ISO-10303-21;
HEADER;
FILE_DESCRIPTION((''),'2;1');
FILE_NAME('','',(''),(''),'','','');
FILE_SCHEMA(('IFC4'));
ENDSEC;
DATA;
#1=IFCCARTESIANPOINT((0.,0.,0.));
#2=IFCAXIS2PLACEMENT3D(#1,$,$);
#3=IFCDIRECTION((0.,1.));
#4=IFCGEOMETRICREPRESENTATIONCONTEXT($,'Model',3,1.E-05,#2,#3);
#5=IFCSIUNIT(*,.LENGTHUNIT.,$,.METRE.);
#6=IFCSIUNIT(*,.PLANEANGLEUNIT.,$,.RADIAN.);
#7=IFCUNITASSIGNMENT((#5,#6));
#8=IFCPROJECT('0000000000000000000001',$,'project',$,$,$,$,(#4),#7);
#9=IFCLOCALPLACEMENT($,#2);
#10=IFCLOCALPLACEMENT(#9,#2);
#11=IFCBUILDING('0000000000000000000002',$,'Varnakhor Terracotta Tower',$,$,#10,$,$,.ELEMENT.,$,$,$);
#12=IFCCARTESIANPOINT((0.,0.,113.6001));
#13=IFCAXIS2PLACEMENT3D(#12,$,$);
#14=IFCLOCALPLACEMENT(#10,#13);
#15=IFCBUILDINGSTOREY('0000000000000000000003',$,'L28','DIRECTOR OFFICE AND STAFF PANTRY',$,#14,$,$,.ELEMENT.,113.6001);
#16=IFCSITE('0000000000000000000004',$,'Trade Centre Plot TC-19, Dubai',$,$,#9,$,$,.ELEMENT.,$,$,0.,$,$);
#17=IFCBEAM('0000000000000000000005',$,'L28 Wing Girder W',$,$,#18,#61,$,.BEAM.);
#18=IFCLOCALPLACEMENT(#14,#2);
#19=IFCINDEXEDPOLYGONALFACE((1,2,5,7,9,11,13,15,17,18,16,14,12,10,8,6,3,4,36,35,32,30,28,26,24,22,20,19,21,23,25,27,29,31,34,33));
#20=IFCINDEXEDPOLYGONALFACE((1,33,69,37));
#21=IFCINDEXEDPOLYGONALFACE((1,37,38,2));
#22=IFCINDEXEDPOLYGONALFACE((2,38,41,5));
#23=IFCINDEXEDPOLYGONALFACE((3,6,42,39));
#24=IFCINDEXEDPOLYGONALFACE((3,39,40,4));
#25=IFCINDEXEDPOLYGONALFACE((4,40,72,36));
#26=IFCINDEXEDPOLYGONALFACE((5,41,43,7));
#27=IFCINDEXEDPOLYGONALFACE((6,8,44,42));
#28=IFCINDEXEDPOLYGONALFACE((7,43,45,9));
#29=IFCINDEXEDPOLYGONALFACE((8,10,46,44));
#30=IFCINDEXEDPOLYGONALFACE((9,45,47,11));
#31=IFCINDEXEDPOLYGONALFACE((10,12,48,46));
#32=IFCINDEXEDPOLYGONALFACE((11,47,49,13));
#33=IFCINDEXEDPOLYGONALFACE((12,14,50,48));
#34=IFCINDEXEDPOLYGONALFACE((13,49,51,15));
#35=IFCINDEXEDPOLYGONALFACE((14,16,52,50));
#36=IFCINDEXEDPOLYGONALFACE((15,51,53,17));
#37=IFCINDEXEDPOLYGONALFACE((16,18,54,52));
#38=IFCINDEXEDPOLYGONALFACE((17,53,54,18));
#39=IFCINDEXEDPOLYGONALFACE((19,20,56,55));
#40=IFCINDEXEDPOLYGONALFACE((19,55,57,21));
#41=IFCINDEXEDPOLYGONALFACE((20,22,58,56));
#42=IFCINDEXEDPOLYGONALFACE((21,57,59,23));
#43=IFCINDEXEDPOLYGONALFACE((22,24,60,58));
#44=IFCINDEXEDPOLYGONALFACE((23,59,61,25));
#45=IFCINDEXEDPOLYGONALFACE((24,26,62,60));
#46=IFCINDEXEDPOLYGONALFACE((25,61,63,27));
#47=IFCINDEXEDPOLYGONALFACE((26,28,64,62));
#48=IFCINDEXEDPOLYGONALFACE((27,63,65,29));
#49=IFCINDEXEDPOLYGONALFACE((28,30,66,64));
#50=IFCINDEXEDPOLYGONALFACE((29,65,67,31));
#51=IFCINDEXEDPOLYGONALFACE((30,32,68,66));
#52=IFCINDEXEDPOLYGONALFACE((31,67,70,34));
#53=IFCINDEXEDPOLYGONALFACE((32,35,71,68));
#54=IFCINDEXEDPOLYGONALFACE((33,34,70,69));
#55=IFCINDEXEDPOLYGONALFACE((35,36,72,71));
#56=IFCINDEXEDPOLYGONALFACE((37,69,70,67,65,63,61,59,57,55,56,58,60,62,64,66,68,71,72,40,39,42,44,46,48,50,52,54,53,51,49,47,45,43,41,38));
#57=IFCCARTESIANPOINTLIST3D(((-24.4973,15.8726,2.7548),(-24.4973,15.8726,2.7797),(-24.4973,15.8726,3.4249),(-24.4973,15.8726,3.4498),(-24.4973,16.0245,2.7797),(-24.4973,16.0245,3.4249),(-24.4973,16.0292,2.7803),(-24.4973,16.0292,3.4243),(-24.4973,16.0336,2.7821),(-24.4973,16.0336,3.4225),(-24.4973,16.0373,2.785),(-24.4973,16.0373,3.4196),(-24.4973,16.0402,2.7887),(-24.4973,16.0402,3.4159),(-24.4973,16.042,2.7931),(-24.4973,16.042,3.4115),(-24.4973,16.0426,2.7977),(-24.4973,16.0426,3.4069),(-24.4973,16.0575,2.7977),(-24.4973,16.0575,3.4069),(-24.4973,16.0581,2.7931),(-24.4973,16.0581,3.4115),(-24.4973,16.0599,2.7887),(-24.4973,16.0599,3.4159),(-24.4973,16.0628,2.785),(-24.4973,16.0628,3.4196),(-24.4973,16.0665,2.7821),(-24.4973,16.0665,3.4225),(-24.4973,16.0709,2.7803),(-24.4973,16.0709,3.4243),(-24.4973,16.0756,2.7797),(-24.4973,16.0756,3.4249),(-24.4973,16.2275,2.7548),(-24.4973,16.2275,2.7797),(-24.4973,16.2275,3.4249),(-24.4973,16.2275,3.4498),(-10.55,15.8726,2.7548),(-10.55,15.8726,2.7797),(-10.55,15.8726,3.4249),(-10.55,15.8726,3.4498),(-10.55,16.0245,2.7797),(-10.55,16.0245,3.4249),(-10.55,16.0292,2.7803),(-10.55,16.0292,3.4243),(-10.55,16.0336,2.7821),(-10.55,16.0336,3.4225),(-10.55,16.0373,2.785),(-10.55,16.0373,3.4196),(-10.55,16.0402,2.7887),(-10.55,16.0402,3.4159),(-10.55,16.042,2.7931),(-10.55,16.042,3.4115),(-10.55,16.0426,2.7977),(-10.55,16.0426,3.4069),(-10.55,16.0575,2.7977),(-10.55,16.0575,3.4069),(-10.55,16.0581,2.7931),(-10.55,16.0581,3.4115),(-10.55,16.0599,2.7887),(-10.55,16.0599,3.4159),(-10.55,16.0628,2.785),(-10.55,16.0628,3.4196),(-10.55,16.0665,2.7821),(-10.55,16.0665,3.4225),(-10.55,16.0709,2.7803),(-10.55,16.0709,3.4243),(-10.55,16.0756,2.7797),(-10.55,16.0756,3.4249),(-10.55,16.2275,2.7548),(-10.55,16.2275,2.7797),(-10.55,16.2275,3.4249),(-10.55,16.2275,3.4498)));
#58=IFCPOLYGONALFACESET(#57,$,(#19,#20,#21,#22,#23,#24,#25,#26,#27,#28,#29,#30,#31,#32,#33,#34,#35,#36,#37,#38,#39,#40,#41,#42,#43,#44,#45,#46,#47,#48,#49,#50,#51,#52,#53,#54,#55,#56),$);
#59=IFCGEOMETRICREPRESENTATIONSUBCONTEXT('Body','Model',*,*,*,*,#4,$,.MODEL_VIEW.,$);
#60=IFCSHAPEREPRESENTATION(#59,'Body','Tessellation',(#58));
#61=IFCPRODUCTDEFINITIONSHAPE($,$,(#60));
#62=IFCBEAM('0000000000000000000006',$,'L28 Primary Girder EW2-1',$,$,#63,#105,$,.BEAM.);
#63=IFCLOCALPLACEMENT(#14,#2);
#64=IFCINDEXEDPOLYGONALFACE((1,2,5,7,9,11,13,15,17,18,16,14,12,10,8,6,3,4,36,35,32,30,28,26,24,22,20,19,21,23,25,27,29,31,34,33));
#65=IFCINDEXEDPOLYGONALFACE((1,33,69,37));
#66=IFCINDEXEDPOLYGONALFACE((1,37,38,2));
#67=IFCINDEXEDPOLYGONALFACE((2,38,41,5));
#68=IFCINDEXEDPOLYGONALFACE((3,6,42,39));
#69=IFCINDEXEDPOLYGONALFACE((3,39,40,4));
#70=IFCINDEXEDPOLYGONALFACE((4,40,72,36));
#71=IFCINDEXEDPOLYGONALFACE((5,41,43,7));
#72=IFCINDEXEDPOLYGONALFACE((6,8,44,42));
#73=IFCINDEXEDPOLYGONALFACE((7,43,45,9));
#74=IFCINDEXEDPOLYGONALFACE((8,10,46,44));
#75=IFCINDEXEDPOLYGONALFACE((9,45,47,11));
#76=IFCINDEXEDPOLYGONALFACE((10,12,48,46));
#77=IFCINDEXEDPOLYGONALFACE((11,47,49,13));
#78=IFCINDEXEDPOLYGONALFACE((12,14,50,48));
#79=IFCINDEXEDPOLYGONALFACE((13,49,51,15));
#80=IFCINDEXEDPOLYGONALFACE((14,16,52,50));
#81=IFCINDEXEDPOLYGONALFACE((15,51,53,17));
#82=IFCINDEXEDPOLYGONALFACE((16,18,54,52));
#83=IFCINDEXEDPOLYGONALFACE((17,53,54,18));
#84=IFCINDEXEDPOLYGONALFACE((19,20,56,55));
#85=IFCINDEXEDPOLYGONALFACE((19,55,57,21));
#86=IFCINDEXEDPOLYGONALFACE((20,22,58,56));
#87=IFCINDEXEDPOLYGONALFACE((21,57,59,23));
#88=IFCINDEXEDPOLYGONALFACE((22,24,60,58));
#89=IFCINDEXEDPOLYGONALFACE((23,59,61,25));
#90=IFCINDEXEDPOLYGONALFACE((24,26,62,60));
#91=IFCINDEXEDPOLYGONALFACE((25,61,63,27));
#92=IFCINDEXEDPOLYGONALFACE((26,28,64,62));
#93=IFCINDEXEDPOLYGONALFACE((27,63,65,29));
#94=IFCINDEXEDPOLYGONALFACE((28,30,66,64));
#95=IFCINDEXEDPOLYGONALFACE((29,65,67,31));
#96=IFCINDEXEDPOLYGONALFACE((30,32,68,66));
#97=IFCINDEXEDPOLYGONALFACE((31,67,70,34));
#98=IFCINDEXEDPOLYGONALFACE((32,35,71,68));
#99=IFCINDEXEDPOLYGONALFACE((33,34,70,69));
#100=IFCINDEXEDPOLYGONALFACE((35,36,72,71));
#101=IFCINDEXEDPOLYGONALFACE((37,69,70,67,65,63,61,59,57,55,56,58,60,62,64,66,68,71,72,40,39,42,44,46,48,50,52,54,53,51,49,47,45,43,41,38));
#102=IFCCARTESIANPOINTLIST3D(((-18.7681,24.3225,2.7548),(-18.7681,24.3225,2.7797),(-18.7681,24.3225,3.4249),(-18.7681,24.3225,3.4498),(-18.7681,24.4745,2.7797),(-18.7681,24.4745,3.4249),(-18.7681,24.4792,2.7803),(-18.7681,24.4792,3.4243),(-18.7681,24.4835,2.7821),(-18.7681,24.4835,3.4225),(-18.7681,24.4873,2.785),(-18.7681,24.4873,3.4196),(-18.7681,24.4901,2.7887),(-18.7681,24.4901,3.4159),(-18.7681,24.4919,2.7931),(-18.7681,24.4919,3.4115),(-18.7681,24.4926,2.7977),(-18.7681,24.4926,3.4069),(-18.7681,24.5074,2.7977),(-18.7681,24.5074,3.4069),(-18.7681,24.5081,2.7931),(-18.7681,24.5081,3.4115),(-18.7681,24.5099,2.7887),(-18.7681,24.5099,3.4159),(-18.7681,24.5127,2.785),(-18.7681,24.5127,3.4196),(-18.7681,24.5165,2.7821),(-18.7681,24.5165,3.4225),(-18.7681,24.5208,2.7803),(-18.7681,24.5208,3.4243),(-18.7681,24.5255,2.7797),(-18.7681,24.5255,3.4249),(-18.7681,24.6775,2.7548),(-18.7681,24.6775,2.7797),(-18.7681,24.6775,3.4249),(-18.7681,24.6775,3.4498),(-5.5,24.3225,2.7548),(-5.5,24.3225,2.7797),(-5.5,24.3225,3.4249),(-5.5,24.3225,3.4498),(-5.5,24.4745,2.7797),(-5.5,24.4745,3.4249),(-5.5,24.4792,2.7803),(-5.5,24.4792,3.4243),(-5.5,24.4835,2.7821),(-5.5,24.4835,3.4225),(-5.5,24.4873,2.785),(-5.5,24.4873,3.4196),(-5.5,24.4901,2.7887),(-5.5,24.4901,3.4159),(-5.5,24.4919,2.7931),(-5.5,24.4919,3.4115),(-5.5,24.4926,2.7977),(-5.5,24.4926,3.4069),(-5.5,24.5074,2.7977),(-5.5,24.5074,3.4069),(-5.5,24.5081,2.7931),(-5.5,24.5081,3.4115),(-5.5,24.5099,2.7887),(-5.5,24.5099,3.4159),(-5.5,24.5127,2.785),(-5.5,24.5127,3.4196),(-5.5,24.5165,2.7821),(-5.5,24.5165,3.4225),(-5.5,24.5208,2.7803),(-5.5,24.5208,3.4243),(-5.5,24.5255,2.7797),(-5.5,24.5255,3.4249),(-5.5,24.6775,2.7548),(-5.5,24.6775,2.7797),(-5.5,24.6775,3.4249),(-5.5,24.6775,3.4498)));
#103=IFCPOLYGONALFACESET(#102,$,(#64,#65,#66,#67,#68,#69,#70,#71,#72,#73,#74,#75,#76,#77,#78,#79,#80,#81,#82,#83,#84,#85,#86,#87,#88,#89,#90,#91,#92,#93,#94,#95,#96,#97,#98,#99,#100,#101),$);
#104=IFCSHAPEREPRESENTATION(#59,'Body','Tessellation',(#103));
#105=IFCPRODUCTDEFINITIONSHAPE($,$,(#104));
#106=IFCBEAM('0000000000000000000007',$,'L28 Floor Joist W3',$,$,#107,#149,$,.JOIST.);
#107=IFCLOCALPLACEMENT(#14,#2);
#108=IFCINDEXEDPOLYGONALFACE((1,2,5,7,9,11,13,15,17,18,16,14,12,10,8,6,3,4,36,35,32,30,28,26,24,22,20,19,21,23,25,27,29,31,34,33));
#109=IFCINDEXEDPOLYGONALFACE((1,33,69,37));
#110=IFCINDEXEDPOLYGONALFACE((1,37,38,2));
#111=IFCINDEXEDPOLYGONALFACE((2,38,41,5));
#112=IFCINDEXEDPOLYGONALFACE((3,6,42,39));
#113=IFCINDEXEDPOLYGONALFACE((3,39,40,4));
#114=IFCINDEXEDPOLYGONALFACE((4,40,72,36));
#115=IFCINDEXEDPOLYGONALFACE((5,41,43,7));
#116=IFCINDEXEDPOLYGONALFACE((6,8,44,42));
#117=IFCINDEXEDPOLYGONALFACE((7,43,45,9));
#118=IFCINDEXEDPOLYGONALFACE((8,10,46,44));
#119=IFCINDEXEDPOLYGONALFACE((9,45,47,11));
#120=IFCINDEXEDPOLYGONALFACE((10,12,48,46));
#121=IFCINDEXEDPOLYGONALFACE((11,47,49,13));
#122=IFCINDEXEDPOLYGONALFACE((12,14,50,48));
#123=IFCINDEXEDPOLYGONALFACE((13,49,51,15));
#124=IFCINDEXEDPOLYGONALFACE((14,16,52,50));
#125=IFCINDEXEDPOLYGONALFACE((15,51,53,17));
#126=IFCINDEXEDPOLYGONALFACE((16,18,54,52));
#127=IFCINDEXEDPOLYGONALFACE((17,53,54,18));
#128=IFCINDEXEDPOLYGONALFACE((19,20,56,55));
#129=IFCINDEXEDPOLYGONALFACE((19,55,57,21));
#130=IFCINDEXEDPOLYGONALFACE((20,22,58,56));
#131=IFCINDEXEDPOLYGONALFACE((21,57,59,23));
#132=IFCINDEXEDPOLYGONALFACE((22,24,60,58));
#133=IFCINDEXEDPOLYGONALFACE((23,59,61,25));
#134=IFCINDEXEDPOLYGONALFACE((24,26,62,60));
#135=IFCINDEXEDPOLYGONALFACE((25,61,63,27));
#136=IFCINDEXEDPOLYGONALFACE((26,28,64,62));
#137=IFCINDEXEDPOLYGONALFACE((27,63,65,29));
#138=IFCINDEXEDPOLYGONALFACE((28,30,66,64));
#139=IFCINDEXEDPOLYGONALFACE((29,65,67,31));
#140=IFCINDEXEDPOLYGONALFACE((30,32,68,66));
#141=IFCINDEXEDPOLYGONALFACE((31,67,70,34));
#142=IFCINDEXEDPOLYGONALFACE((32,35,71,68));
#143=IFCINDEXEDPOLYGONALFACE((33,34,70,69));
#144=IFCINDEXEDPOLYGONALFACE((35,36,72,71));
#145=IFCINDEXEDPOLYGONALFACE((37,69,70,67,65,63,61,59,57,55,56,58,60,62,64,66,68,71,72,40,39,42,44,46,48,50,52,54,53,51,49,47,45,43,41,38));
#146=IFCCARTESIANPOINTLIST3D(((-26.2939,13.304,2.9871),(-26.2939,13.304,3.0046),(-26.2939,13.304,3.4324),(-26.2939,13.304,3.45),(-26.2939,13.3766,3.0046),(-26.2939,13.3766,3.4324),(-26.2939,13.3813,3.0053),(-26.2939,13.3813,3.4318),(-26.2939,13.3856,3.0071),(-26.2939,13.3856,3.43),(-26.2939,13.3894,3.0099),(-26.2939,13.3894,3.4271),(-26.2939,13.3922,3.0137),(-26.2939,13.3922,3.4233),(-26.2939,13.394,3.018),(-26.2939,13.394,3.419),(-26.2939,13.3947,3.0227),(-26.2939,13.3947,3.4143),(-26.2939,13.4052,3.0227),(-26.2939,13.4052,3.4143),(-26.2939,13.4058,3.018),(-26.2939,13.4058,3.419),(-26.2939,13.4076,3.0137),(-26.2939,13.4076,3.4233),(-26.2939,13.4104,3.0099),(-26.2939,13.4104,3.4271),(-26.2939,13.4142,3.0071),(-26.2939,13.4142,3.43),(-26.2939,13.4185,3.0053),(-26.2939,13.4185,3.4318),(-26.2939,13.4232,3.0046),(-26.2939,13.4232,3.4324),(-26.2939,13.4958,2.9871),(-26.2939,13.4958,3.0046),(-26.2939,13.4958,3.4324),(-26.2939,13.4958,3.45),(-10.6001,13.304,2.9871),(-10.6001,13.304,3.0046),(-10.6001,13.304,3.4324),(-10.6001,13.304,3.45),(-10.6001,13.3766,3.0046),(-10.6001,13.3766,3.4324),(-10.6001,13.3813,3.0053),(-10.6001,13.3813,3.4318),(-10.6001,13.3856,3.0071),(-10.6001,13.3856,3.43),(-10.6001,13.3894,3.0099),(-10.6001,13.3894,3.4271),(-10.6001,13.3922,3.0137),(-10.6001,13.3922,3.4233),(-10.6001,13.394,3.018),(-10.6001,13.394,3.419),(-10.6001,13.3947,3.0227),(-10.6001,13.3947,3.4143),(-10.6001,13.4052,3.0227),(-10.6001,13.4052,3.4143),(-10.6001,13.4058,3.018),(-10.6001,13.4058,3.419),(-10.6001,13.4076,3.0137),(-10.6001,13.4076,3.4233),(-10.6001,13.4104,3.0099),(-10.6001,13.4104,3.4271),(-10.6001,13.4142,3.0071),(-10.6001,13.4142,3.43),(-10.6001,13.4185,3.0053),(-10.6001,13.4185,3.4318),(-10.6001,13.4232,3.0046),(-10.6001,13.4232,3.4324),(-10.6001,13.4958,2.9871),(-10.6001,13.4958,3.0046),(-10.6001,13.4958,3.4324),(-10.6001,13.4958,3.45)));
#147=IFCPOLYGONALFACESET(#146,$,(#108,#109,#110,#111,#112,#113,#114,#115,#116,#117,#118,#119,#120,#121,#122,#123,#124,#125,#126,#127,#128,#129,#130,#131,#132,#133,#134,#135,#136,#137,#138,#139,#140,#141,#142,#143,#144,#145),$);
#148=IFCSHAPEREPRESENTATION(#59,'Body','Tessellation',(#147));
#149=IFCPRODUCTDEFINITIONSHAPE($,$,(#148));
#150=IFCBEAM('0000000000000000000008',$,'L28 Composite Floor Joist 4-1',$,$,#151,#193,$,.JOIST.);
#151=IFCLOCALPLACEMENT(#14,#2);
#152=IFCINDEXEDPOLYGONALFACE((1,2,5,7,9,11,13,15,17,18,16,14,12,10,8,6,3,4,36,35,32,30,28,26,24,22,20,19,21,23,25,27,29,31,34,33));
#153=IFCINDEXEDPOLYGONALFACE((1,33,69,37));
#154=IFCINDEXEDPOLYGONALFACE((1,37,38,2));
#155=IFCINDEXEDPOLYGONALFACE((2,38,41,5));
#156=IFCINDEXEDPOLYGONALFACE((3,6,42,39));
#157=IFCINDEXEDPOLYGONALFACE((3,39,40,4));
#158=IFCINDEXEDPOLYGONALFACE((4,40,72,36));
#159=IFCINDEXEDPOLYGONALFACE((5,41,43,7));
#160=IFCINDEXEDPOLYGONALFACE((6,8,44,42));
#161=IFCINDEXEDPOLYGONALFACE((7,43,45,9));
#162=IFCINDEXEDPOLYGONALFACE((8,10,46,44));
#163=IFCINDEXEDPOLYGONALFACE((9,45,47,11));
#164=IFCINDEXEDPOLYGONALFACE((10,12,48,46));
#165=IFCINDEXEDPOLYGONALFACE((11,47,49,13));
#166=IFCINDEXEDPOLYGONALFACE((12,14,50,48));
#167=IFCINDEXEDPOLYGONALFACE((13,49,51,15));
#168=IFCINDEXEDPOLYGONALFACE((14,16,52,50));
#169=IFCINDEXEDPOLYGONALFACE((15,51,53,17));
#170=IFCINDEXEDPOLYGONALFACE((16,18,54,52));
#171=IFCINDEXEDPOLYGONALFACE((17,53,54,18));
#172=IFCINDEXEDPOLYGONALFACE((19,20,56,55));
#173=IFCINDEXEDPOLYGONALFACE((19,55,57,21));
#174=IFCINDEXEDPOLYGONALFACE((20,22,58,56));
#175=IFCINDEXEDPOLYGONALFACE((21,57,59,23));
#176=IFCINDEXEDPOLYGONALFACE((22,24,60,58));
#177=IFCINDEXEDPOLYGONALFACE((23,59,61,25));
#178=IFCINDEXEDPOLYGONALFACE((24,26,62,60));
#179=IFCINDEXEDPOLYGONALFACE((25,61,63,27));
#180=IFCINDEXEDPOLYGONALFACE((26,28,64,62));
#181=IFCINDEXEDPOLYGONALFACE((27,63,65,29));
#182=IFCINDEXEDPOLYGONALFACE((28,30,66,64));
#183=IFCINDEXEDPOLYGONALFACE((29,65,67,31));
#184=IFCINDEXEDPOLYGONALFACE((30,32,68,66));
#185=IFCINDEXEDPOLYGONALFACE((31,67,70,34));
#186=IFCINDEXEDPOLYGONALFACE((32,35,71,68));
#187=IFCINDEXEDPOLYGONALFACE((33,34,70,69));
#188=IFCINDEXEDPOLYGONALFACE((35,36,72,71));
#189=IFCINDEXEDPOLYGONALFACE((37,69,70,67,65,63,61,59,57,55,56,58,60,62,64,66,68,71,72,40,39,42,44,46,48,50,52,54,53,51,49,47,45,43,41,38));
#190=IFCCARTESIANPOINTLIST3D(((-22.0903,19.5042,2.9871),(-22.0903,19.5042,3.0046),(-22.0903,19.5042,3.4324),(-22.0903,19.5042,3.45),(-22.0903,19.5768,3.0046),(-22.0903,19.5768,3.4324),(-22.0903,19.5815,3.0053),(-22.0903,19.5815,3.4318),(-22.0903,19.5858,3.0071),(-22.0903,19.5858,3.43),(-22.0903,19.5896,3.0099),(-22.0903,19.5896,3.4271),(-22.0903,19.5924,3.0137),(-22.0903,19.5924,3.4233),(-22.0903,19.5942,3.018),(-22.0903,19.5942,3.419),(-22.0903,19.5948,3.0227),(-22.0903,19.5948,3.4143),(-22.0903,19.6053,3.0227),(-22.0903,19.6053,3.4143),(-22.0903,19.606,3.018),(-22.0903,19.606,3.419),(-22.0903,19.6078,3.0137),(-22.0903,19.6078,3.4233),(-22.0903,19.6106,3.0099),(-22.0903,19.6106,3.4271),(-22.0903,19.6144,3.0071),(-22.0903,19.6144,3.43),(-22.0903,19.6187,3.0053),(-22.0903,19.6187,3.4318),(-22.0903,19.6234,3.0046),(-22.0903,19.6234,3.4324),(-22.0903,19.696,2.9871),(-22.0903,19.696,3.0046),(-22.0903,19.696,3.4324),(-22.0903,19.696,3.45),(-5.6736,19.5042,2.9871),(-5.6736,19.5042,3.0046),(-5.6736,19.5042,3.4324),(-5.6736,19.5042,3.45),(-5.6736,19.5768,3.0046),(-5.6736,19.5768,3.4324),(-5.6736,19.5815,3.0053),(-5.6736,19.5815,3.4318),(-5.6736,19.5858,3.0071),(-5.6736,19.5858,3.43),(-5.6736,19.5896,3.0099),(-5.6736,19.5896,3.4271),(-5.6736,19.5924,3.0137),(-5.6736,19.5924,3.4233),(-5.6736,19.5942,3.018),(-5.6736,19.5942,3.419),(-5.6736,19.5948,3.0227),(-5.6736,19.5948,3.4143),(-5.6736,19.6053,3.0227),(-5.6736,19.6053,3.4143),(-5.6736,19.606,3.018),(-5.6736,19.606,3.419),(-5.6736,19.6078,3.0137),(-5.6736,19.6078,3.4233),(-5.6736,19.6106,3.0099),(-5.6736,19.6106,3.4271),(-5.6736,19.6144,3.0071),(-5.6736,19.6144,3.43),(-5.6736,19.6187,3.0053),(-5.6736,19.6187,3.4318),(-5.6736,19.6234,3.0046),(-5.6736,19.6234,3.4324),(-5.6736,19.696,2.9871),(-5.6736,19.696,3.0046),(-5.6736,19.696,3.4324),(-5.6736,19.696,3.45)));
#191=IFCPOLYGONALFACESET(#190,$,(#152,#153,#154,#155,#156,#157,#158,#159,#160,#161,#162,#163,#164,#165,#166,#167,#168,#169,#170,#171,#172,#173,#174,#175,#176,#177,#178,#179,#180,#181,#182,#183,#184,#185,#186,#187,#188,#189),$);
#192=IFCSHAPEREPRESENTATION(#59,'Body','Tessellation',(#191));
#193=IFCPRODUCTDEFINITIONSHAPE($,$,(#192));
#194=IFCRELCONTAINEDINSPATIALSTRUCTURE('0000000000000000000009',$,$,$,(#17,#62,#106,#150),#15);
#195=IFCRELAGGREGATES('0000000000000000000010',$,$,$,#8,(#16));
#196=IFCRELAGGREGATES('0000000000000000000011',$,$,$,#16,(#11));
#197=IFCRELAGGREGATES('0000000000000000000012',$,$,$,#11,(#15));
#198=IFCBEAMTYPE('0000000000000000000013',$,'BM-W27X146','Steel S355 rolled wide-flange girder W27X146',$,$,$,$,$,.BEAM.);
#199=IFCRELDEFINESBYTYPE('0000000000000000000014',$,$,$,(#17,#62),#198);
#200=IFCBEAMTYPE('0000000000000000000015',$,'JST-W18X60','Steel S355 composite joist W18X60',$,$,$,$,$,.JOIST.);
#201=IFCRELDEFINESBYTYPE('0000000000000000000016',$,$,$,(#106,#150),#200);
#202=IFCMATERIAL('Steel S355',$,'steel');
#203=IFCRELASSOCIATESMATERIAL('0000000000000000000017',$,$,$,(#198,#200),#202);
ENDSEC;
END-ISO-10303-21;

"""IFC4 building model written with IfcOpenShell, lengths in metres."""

from ifc_helpers import new_model, si_unit, direction, frame, origin, origin_2d, place, context, subcontext, project, spatial, i_section, extrude, source, transform, mapped, material, material_profile, profile_set, type_object, element, save


model = new_model("IFC4")

# Units and contexts
model_context = context("Model", 3, precision=1e-05, world=origin(), true_north=direction((0.0, 1.0)))
body_context = subcontext(model_context, "Body", "Model", "MODEL_VIEW")
ifc_project = project(units=[si_unit("LENGTHUNIT", "METRE"), si_unit("PLANEANGLEUNIT", "RADIAN")], contexts=[model_context])

# Site, building, storey
site_placement = place(None, origin())
site = spatial("IfcSite", under=ifc_project, at=site_placement, Name="Trade Centre Plot TC-19, Dubai", CompositionType="ELEMENT", RefElevation=0.0)
building_placement = place(site_placement, origin())
building = spatial("IfcBuilding", under=site, at=building_placement, Name="Varnakhor Terracotta Tower", CompositionType="ELEMENT")
storey_placement = place(building_placement, frame((0.0, 0.0, 113.6001)))
storey = spatial("IfcBuildingStorey", under=building, at=storey_placement, Name="L28", Description="DIRECTOR OFFICE AND STAFF PANTRY", CompositionType="ELEMENT", Elevation=113.6001)

# Beams
ifc_material_1 = material(Name="Steel S355", Category="steel")
ifc_material_profile_1 = material_profile(ifc_material_1, i_section(OverallWidth=0.355, OverallDepth=0.6951, WebThickness=0.0149, FlangeThickness=0.0249, FilletRadius=0.0181, at=origin_2d()), Name="W27X146")
ifc_profile_set_1 = profile_set([ifc_material_profile_1], Name="Steel S355")
beam_type_1 = type_object("IfcBeamType", Name="BM-W27X146", Description="Steel S355 rolled wide-flange girder W27X146", PredefinedType="BEAM", material=ifc_profile_set_1)
shared_shape_1 = source(origin(), body_context, "Body", "SweptSolid", [
    extrude(i_section(OverallWidth=0.355, OverallDepth=0.6951, WebThickness=0.0149, FlangeThickness=0.0249, FilletRadius=0.0181, at=origin_2d()), origin(), (0.0, 0.0, 1.0), 13.9473),
])
beam_1_placement = place(storey_placement, frame((-24.4973, 16.05, 3.1023), z_axis=(1.0, 0.0, 0.0), x_axis=(0.0, 1.0, 0.0)))
element("IfcBeam", 1, at=beam_1_placement, inside=storey, type_object=beam_type_1, Name="L28 Wing Girder W", PredefinedType="BEAM", context=body_context, shape_type="MappedRepresentation", body=[
    mapped(shared_shape_1, transform((0.0, 0.0, 0.0), scale=1.0)),
])
shared_shape_2 = source(origin(), body_context, "Body", "SweptSolid", [
    extrude(i_section(OverallWidth=0.355, OverallDepth=0.6951, WebThickness=0.0149, FlangeThickness=0.0249, FilletRadius=0.0181, at=origin_2d()), origin(), (0.0, 0.0, 1.0), 13.2681),
])
beam_2_placement = place(storey_placement, frame((-18.7681, 24.5, 3.1023), z_axis=(1.0, 0.0, 0.0), x_axis=(0.0, 1.0, 0.0)))
element("IfcBeam", 2, at=beam_2_placement, inside=storey, type_object=beam_type_1, Name="L28 Primary Girder EW2-1", PredefinedType="BEAM", context=body_context, shape_type="MappedRepresentation", body=[
    mapped(shared_shape_2, transform((0.0, 0.0, 0.0), scale=1.0)),
])
ifc_material_profile_2 = material_profile(ifc_material_1, i_section(OverallWidth=0.1919, OverallDepth=0.4629, WebThickness=0.0105, FlangeThickness=0.0176, FilletRadius=0.0181, at=origin_2d()), Name="W18X60")
ifc_profile_set_2 = profile_set([ifc_material_profile_2], Name="Steel S355")
beam_type_2 = type_object("IfcBeamType", Name="JST-W18X60", Description="Steel S355 composite joist W18X60", PredefinedType="JOIST", material=ifc_profile_set_2)
shared_shape_3 = source(origin(), body_context, "Body", "SweptSolid", [
    extrude(i_section(OverallWidth=0.1919, OverallDepth=0.4629, WebThickness=0.0105, FlangeThickness=0.0176, FilletRadius=0.0181, at=origin_2d()), origin(), (0.0, 0.0, 1.0), 15.6938),
])
beam_3_placement = place(storey_placement, frame((-26.2939, 13.3999, 3.2185), z_axis=(1.0, 0.0, 0.0), x_axis=(0.0, 1.0, 0.0)))
element("IfcBeam", 3, at=beam_3_placement, inside=storey, type_object=beam_type_2, Name="L28 Floor Joist W3", PredefinedType="JOIST", context=body_context, shape_type="MappedRepresentation", body=[
    mapped(shared_shape_3, transform((0.0, 0.0, 0.0), scale=1.0)),
])
shared_shape_4 = source(origin(), body_context, "Body", "SweptSolid", [
    extrude(i_section(OverallWidth=0.1919, OverallDepth=0.4629, WebThickness=0.0105, FlangeThickness=0.0176, FilletRadius=0.0181, at=origin_2d()), origin(), (0.0, 0.0, 1.0), 16.4167),
])
beam_4_placement = place(storey_placement, frame((-22.0903, 19.6001, 3.2185), z_axis=(1.0, 0.0, 0.0), x_axis=(0.0, 1.0, 0.0)))
element("IfcBeam", 4, at=beam_4_placement, inside=storey, type_object=beam_type_2, Name="L28 Composite Floor Joist 4-1", PredefinedType="JOIST", context=body_context, shape_type="MappedRepresentation", body=[
    mapped(shared_shape_4, transform((0.0, 0.0, 0.0), scale=1.0)),
])

save(model, "model.ifc")
